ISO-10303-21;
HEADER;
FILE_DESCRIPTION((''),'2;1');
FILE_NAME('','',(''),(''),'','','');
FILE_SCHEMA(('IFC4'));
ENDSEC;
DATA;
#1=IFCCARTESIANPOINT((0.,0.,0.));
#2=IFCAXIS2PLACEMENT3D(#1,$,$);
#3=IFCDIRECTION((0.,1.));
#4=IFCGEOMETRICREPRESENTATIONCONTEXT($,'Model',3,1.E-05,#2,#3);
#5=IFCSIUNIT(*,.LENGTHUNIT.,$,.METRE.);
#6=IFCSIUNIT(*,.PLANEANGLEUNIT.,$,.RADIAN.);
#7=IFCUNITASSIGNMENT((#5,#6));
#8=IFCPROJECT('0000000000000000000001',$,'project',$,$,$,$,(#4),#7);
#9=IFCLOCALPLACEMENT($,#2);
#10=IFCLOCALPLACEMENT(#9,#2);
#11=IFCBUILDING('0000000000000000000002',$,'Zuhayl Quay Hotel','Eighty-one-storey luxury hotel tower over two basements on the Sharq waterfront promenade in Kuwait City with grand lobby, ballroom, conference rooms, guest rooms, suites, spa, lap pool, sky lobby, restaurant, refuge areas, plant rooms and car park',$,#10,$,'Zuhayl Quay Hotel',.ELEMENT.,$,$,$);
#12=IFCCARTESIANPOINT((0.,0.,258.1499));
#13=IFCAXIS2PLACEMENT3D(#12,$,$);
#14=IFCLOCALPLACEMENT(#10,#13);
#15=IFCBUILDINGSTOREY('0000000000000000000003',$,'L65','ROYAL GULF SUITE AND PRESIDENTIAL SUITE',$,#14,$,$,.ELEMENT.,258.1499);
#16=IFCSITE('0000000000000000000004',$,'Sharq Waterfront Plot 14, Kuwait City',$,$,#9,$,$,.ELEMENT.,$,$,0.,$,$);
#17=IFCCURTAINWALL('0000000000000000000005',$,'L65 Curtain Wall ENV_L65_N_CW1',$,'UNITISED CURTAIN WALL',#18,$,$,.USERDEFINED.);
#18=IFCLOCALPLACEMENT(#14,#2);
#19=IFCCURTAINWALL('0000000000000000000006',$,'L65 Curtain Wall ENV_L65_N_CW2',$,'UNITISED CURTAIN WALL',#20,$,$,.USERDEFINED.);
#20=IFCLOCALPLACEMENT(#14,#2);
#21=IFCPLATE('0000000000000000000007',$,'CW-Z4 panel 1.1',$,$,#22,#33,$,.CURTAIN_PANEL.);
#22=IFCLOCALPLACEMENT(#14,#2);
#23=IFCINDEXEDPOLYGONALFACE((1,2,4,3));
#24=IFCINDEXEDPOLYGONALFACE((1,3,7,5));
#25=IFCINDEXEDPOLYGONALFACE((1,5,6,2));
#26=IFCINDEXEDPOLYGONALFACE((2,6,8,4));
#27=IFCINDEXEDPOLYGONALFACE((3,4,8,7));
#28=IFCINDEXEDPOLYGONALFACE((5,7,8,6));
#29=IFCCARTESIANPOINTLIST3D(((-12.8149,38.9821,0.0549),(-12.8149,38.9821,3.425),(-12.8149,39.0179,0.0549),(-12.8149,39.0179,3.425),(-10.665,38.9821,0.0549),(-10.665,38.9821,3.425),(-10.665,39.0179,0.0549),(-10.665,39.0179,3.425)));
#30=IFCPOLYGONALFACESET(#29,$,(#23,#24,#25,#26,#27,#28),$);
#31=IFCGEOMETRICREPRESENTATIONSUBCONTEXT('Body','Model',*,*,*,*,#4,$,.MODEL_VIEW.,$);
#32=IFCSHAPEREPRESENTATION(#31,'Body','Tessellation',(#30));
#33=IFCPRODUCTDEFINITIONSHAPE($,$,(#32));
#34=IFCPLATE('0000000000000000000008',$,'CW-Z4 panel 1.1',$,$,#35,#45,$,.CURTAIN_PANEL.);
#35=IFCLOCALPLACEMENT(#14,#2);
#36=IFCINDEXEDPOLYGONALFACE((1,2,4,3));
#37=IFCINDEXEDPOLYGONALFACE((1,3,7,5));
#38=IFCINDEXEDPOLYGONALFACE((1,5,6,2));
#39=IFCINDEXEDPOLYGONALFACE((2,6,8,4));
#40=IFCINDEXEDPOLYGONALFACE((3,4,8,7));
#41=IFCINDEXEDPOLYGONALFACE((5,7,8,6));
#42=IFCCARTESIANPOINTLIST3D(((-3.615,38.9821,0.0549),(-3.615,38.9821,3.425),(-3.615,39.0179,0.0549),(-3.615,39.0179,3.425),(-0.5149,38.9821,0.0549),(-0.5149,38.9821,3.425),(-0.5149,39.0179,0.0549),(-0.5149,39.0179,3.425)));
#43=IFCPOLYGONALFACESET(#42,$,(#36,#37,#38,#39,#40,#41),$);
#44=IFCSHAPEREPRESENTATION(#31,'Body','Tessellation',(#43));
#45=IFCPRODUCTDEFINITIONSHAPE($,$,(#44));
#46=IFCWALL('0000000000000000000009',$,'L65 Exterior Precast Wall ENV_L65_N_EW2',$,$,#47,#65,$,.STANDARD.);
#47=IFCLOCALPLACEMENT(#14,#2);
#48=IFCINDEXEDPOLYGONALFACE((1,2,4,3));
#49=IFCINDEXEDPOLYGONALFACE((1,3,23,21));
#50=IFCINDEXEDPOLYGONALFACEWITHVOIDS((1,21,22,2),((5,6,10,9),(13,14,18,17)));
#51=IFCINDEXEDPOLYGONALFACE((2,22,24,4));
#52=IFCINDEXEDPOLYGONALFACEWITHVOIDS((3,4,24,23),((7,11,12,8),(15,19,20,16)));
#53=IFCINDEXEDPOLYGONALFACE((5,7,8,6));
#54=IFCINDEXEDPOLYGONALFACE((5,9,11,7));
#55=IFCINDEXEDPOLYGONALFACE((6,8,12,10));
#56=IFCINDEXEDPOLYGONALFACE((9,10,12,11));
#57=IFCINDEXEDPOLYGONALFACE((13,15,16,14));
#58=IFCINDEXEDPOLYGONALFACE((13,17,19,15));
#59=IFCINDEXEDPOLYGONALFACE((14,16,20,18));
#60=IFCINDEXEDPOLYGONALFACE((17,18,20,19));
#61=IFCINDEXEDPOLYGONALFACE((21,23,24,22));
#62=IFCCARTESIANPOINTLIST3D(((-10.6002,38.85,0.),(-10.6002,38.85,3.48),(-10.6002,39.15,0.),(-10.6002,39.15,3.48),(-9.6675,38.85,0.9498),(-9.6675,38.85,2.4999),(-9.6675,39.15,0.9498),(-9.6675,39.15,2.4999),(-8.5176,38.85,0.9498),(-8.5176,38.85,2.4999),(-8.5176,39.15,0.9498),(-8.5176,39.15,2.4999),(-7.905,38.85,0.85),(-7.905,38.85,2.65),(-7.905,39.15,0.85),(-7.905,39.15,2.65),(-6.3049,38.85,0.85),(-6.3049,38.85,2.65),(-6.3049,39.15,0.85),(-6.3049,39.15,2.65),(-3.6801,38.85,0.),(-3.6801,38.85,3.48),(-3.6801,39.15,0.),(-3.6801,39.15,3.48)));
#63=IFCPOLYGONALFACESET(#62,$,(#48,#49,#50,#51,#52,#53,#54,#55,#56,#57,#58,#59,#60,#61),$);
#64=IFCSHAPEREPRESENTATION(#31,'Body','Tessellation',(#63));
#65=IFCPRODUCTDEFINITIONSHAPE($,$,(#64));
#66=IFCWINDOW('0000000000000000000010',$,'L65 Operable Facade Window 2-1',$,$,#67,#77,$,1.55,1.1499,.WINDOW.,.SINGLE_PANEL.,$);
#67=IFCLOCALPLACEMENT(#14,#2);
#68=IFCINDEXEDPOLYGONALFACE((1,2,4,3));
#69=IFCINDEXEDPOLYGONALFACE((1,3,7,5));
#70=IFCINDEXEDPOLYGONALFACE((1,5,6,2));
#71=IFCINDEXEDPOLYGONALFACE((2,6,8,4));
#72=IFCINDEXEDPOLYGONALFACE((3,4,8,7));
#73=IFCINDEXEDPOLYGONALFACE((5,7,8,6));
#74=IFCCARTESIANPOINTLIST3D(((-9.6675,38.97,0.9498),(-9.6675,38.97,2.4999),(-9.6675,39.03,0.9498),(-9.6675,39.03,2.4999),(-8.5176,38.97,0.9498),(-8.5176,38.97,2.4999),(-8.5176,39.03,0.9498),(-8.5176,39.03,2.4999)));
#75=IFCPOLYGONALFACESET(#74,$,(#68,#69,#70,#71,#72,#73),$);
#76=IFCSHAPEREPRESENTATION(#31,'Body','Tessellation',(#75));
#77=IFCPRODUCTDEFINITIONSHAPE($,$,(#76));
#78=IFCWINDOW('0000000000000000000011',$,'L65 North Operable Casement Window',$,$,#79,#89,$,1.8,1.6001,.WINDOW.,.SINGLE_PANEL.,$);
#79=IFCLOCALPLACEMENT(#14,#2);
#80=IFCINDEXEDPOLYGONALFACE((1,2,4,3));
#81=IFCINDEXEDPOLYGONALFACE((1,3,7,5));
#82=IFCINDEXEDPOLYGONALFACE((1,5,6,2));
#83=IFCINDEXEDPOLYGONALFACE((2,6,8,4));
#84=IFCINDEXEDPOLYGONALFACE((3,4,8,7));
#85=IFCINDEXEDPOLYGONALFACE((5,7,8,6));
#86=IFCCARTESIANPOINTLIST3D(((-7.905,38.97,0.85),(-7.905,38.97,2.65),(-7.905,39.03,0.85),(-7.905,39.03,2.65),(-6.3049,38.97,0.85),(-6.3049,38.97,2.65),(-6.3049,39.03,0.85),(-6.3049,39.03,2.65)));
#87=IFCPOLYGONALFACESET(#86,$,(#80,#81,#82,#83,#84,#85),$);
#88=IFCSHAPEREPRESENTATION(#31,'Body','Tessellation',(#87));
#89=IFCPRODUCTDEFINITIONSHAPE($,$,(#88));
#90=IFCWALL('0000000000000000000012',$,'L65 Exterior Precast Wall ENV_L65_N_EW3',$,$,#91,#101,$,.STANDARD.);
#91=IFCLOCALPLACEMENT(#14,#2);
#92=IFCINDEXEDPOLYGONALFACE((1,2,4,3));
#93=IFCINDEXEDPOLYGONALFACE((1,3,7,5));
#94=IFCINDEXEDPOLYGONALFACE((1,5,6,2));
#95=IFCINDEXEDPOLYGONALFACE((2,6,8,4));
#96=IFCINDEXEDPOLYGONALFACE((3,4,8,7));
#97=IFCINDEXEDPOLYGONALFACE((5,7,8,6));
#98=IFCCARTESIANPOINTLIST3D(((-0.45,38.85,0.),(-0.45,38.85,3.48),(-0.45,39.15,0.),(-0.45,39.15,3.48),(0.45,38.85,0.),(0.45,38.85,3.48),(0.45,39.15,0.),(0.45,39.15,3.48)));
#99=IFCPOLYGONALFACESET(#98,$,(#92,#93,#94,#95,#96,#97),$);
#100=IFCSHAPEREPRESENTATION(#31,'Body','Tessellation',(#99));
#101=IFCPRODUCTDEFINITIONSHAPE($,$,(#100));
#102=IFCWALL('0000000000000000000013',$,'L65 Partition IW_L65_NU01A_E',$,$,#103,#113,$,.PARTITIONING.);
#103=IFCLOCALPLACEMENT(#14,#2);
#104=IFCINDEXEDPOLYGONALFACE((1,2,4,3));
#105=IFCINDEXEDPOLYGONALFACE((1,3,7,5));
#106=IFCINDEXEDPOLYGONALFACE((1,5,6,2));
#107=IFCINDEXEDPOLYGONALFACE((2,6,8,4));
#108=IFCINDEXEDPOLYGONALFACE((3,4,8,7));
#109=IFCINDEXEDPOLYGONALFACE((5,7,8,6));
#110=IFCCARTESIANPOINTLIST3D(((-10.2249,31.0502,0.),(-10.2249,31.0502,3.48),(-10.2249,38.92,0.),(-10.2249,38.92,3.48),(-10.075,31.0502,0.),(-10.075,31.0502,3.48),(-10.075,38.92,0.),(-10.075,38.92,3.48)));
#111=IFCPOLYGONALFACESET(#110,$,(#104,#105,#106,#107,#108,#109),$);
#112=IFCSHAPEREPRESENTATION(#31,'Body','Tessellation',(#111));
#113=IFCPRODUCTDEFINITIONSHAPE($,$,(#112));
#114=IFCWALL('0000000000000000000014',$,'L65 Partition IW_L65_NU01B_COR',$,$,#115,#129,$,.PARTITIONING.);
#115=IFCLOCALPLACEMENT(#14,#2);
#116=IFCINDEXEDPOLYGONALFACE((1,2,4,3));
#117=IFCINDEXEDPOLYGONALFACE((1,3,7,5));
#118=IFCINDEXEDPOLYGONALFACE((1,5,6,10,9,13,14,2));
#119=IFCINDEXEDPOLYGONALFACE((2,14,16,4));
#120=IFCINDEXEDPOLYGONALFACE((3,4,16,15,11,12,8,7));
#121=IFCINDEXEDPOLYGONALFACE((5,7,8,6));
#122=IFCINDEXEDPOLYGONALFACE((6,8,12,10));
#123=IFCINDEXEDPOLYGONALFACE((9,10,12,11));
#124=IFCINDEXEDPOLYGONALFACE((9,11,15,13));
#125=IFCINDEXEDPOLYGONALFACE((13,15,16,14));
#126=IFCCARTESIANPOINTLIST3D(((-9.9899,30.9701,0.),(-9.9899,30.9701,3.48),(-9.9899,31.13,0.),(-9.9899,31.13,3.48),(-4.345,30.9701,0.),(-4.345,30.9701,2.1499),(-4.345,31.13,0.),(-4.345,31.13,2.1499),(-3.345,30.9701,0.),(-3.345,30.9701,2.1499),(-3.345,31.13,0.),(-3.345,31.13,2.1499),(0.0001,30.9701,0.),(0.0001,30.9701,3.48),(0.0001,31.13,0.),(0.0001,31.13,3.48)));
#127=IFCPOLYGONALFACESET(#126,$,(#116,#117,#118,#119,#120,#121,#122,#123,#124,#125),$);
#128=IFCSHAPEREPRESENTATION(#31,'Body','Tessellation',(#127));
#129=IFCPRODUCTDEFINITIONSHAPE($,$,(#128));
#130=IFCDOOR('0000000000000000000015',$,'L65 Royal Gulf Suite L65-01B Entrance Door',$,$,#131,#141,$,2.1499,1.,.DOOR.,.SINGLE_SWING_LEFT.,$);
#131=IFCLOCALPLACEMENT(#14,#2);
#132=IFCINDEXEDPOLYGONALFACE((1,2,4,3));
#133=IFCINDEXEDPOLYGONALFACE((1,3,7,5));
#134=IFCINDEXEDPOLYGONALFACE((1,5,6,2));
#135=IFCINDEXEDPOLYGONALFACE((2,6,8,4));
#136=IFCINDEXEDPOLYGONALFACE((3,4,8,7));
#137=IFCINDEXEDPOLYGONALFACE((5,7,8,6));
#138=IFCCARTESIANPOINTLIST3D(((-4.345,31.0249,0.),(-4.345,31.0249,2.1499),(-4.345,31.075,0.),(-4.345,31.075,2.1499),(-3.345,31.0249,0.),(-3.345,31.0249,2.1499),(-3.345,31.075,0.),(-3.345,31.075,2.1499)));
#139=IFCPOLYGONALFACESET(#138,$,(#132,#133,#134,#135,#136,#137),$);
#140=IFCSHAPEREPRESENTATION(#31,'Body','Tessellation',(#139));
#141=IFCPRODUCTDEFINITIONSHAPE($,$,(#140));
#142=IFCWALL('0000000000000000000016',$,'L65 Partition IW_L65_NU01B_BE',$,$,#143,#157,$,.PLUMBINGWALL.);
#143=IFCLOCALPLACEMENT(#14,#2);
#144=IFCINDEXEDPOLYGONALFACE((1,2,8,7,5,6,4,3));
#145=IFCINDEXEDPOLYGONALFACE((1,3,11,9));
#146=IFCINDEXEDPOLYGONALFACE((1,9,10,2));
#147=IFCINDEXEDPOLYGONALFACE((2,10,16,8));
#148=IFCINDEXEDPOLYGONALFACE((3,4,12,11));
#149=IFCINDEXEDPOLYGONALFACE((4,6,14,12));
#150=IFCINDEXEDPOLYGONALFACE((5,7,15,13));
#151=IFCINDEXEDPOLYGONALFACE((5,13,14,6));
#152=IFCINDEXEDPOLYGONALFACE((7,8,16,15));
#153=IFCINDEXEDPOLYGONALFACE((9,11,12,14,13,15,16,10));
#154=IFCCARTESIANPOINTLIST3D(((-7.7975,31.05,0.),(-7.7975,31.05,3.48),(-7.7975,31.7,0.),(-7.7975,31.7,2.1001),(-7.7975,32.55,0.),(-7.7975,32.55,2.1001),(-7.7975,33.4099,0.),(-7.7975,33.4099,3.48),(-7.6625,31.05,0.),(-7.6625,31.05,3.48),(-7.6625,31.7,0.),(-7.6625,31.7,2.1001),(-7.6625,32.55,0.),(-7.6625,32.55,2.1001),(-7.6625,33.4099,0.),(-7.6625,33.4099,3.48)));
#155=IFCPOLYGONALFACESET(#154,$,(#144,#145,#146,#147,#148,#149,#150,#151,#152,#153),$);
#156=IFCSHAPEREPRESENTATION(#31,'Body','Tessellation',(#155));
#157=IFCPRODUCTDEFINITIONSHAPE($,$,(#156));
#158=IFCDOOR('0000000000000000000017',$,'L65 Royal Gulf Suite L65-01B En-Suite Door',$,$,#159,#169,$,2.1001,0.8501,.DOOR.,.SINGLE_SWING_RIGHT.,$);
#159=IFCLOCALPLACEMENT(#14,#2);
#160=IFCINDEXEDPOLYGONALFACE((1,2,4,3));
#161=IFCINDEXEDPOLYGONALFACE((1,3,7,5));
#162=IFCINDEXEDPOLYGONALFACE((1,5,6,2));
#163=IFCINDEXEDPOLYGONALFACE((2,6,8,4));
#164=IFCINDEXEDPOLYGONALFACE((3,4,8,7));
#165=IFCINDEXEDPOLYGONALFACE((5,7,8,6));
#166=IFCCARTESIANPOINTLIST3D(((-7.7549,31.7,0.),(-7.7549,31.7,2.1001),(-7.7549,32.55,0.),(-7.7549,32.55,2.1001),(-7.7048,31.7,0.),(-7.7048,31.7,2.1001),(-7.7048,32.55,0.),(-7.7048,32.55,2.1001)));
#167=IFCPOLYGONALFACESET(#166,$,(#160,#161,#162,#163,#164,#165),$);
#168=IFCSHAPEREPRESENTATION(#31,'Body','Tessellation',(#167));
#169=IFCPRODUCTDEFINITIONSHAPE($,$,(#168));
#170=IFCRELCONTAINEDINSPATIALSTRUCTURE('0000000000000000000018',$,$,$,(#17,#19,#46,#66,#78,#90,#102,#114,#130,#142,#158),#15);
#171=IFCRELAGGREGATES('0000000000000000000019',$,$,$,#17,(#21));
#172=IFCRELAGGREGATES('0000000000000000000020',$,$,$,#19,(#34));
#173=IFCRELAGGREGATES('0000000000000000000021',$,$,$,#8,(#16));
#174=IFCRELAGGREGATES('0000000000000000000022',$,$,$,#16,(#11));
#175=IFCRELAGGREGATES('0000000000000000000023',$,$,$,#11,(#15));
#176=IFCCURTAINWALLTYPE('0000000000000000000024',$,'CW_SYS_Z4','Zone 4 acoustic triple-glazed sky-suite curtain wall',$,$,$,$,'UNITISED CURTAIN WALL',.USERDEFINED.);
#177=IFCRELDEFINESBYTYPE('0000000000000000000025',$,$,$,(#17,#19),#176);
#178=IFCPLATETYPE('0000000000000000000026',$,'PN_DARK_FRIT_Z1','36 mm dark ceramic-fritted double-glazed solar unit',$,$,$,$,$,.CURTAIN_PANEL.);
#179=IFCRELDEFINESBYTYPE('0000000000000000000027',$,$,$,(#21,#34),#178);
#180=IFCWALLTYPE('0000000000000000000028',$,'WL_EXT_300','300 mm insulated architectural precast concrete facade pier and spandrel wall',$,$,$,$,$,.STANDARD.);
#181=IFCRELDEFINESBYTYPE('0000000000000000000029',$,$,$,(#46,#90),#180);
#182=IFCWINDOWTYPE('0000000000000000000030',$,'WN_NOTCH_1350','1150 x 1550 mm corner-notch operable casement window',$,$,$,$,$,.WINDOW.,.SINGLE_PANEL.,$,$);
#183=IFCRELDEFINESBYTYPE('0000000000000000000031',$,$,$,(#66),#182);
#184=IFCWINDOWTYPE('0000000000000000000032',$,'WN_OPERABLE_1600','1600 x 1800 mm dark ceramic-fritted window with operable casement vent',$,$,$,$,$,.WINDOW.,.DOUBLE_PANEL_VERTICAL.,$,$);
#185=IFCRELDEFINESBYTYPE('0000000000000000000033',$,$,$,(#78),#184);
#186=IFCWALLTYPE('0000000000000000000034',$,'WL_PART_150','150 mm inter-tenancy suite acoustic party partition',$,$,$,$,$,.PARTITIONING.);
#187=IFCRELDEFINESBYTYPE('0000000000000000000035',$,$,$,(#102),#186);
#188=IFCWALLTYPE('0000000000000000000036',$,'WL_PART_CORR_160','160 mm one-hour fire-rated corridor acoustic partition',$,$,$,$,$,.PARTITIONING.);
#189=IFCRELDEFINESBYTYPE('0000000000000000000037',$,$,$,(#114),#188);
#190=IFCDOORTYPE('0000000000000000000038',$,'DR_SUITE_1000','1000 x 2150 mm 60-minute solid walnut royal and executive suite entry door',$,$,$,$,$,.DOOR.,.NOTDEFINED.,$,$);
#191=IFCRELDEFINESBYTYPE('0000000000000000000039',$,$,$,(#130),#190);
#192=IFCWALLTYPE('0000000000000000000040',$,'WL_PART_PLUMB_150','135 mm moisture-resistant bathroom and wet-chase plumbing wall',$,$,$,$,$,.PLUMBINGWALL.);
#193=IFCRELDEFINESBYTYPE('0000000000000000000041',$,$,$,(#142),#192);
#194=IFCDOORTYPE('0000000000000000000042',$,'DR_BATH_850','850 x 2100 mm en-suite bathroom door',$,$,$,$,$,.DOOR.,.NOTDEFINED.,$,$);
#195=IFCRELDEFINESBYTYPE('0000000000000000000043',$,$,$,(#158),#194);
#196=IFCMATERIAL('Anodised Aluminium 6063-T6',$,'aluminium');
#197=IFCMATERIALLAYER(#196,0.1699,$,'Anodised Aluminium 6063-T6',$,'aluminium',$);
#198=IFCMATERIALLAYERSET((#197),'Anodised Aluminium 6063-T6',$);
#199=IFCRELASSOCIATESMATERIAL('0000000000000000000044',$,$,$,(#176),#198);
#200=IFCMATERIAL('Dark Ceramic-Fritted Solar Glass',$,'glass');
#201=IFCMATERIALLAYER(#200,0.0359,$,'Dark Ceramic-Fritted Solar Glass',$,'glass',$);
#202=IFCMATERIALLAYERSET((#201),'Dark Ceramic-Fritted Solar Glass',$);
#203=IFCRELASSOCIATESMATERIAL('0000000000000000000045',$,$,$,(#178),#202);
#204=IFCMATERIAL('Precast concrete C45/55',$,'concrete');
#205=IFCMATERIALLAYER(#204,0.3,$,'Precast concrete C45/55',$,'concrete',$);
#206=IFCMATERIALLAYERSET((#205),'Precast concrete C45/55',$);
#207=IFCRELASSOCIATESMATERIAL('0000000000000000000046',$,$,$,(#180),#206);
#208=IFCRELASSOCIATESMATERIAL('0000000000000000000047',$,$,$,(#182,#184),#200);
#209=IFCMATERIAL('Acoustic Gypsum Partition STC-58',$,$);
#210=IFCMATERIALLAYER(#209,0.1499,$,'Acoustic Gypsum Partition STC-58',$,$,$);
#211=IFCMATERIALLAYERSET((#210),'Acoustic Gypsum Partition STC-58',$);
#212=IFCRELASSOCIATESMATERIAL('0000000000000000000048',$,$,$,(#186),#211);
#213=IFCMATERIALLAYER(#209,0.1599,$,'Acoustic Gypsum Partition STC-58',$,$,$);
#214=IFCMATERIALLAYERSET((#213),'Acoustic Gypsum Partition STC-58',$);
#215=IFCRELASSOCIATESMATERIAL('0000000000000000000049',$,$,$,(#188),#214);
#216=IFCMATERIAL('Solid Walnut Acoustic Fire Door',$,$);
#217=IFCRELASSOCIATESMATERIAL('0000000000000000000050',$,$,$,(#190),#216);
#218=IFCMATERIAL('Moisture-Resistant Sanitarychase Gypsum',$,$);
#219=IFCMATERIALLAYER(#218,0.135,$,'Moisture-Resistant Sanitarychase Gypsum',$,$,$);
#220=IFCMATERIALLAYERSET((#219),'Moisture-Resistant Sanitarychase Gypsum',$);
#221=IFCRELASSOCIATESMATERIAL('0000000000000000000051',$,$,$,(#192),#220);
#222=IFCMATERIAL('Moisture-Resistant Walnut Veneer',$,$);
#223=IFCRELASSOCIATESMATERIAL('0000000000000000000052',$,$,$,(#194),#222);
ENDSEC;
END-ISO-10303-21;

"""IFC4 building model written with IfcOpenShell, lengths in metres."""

from ifc_helpers import new_model, si_unit, direction, frame, frame_2d, origin, origin_2d, place, context, subcontext, project, spatial, rectangle, extrude, material, layer, layer_set, type_object, element, fill, aggregate, save


model = new_model("IFC4")

# Units and contexts
model_context = context("Model", 3, precision=1e-05, world=origin(), true_north=direction((0.0, 1.0)))
body_context = subcontext(model_context, "Body", "Model", "MODEL_VIEW")
ifc_project = project(units=[si_unit("LENGTHUNIT", "METRE"), si_unit("PLANEANGLEUNIT", "RADIAN")], contexts=[model_context])

# Site, building, storey
site_placement = place(None, origin())
site = spatial("IfcSite", under=ifc_project, at=site_placement, Name="Sharq Waterfront Plot 14, Kuwait City", CompositionType="ELEMENT", RefElevation=0.0)
building_placement = place(site_placement, origin())
building = spatial("IfcBuilding", under=site, at=building_placement, Name="Zuhayl Quay Hotel", Description="Eighty-one-storey luxury hotel tower over two basements on the Sharq waterfront promenade in Kuwait City with grand lobby, ballroom, conference rooms, guest rooms, suites, spa, lap pool, sky lobby, restaurant, refuge areas, plant rooms and car park", LongName="Zuhayl Quay Hotel", CompositionType="ELEMENT")
storey_placement = place(building_placement, frame((0.0, 0.0, 258.1499)))
storey = spatial("IfcBuildingStorey", under=building, at=storey_placement, Name="L65", Description="ROYAL GULF SUITE AND PRESIDENTIAL SUITE", CompositionType="ELEMENT", Elevation=258.1499)

# Curtain wall
ifc_material_1 = material(Name="Anodised Aluminium 6063-T6", Category="aluminium")
ifc_layer_1 = layer(ifc_material_1, 0.1699, Name="Anodised Aluminium 6063-T6", Category="aluminium")
ifc_layer_set_1 = layer_set([ifc_layer_1], Name="Anodised Aluminium 6063-T6")
curtain_wall_type = type_object("IfcCurtainWallType", Name="CW_SYS_Z4", Description="Zone 4 acoustic triple-glazed sky-suite curtain wall", ElementType="UNITISED CURTAIN WALL", PredefinedType="USERDEFINED", material=ifc_layer_set_1)
curtain_wall_1_placement = place(storey_placement, origin())
curtain_wall_1 = element("IfcCurtainWall", 1, at=curtain_wall_1_placement, inside=storey, type_object=curtain_wall_type, Name="L65 Curtain Wall ENV_L65_N_CW1", ObjectType="UNITISED CURTAIN WALL", PredefinedType="USERDEFINED")

# Curtain wall
curtain_wall_2_placement = place(storey_placement, origin())
curtain_wall_2 = element("IfcCurtainWall", 2, at=curtain_wall_2_placement, inside=storey, type_object=curtain_wall_type, Name="L65 Curtain Wall ENV_L65_N_CW2", ObjectType="UNITISED CURTAIN WALL", PredefinedType="USERDEFINED")

# Plates
ifc_material_2 = material(Name="Dark Ceramic-Fritted Solar Glass", Category="glass")
ifc_layer_2 = layer(ifc_material_2, 0.0359, Name="Dark Ceramic-Fritted Solar Glass", Category="glass")
ifc_layer_set_2 = layer_set([ifc_layer_2], Name="Dark Ceramic-Fritted Solar Glass")
plate_type = type_object("IfcPlateType", Name="PN_DARK_FRIT_Z1", Description="36 mm dark ceramic-fritted double-glazed solar unit", PredefinedType="CURTAIN_PANEL", material=ifc_layer_set_2)
plate_1_placement = place(storey_placement, frame((-11.74, 39.0, 0.0549), z_axis=(0.0, 0.0, 1.0), x_axis=(1.0, 0.0, 0.0)))
plate_1 = element("IfcPlate", 3, at=plate_1_placement, type_object=plate_type, Name="CW-Z4 panel 1.1", PredefinedType="CURTAIN_PANEL", context=body_context, shape_type="SweptSolid", body=[
    extrude(rectangle(XDim=2.1499, YDim=0.0359, at=origin_2d()), origin(), (0.0, 0.0, 1.0), 3.3701),
])
aggregate(curtain_wall_1, [plate_1])
plate_2_placement = place(storey_placement, frame((-2.0649, 39.0, 0.0549), z_axis=(0.0, 0.0, 1.0), x_axis=(1.0, 0.0, 0.0)))
plate_2 = element("IfcPlate", 4, at=plate_2_placement, type_object=plate_type, Name="CW-Z4 panel 1.1", PredefinedType="CURTAIN_PANEL", context=body_context, shape_type="SweptSolid", body=[
    extrude(rectangle(XDim=3.1001, YDim=0.0359, at=origin_2d()), origin(), (0.0, 0.0, 1.0), 3.3701),
])
aggregate(curtain_wall_2, [plate_2])

# Wall, openings, windows
ifc_material_3 = material(Name="Precast concrete C45/55", Category="concrete")
ifc_layer_3 = layer(ifc_material_3, 0.3, Name="Precast concrete C45/55", Category="concrete")
ifc_layer_set_3 = layer_set([ifc_layer_3], Name="Precast concrete C45/55")
wall_type_1 = type_object("IfcWallType", Name="WL_EXT_300", Description="300 mm insulated architectural precast concrete facade pier and spandrel wall", PredefinedType="STANDARD", material=ifc_layer_set_3)
wall_1_placement = place(storey_placement, frame((-10.6001, 39.0, 0.0), z_axis=(0.0, 0.0, 1.0), x_axis=(1.0, 0.0, 0.0)))
wall_1 = element("IfcWall", 5, at=wall_1_placement, inside=storey, type_object=wall_type_1, Name="L65 Exterior Precast Wall ENV_L65_N_EW2", PredefinedType="STANDARD", context=body_context, shape_type="SweptSolid", body=[
    extrude(rectangle(XDim=6.9202, YDim=0.3, at=frame_2d((3.46, 0.0))), origin(), (0.0, 0.0, 1.0), 3.48),
])
opening_1_placement = place(wall_1_placement, frame((2.6951, 0.0, 0.8501)))
opening_1 = element("IfcOpeningElement", 6, at=opening_1_placement, cuts=wall_1, PredefinedType="OPENING", context=body_context, shape_type="SweptSolid", body=[
    extrude(rectangle(XDim=1.6001, YDim=1.8, at=frame_2d((0.8, 0.8999))), frame((0.0, 0.1599, 0.0), z_axis=(0.0, -1.0, 0.0), x_axis=(1.0, 0.0, 0.0)), (0.0, 0.0, 1.0), 0.3201),
])
opening_2_placement = place(wall_1_placement, frame((0.9326, 0.0, 0.95)))
opening_2 = element("IfcOpeningElement", 7, at=opening_2_placement, cuts=wall_1, PredefinedType="OPENING", context=body_context, shape_type="SweptSolid", body=[
    extrude(rectangle(XDim=1.1499, YDim=1.55, at=frame_2d((0.575, 0.7749))), frame((0.0, 0.1599, 0.0), z_axis=(0.0, -1.0, 0.0), x_axis=(1.0, 0.0, 0.0)), (0.0, 0.0, 1.0), 0.3201),
])
window_type_1 = type_object("IfcWindowType", Name="WN_NOTCH_1350", Description="1150 x 1550 mm corner-notch operable casement window", PartitioningType="SINGLE_PANEL", PredefinedType="WINDOW", material=ifc_material_2)
window_1_placement = place(opening_2_placement, origin())
window_1 = element("IfcWindow", 8, at=window_1_placement, inside=storey, type_object=window_type_1, Name="L65 Operable Facade Window 2-1", OverallHeight=1.55, OverallWidth=1.1499, PartitioningType="SINGLE_PANEL", PredefinedType="WINDOW", context=body_context, shape_type="SweptSolid", body=[
    extrude(rectangle(XDim=1.1499, YDim=1.55, at=frame_2d((0.575, 0.7749))), frame((0.0, 0.03, 0.0), z_axis=(0.0, -1.0, 0.0), x_axis=(1.0, 0.0, 0.0)), (0.0, 0.0, 1.0), 0.0601),
])
fill(opening_2, window_1)
window_type_2 = type_object("IfcWindowType", Name="WN_OPERABLE_1600", Description="1600 x 1800 mm dark ceramic-fritted window with operable casement vent", PartitioningType="DOUBLE_PANEL_VERTICAL", PredefinedType="WINDOW", material=ifc_material_2)
window_2_placement = place(opening_1_placement, origin())
window_2 = element("IfcWindow", 9, at=window_2_placement, inside=storey, type_object=window_type_2, Name="L65 North Operable Casement Window", OverallHeight=1.8, OverallWidth=1.6001, PartitioningType="SINGLE_PANEL", PredefinedType="WINDOW", context=body_context, shape_type="SweptSolid", body=[
    extrude(rectangle(XDim=1.6001, YDim=1.8, at=frame_2d((0.8, 0.8999))), frame((0.0, 0.03, 0.0), z_axis=(0.0, -1.0, 0.0), x_axis=(1.0, 0.0, 0.0)), (0.0, 0.0, 1.0), 0.0601),
])
fill(opening_1, window_2)

# Walls
wall_2_placement = place(storey_placement, frame((-0.45, 39.0, 0.0), z_axis=(0.0, 0.0, 1.0), x_axis=(1.0, 0.0, 0.0)))
element("IfcWall", 10, at=wall_2_placement, inside=storey, type_object=wall_type_1, Name="L65 Exterior Precast Wall ENV_L65_N_EW3", PredefinedType="STANDARD", context=body_context, shape_type="SweptSolid", body=[
    extrude(rectangle(XDim=0.8999, YDim=0.3, at=frame_2d((0.45, 0.0))), origin(), (0.0, 0.0, 1.0), 3.48),
])
ifc_material_4 = material(Name="Acoustic Gypsum Partition STC-58")
ifc_layer_4 = layer(ifc_material_4, 0.1499, Name="Acoustic Gypsum Partition STC-58")
ifc_layer_set_4 = layer_set([ifc_layer_4], Name="Acoustic Gypsum Partition STC-58")
wall_type_2 = type_object("IfcWallType", Name="WL_PART_150", Description="150 mm inter-tenancy suite acoustic party partition", PredefinedType="PARTITIONING", material=ifc_layer_set_4)
wall_3_placement = place(storey_placement, frame((-10.1499, 31.05, 0.0), z_axis=(0.0, 0.0, 1.0), x_axis=(0.0, 1.0, 0.0)))
element("IfcWall", 11, at=wall_3_placement, inside=storey, type_object=wall_type_2, Name="L65 Partition IW_L65_NU01A_E", PredefinedType="PARTITIONING", context=body_context, shape_type="SweptSolid", body=[
    extrude(rectangle(XDim=7.8699, YDim=0.1499, at=frame_2d((3.9351, 0.0))), origin(), (0.0, 0.0, 1.0), 3.48),
])

# Walls, openings, doors
ifc_layer_5 = layer(ifc_material_4, 0.1599, Name="Acoustic Gypsum Partition STC-58")
ifc_layer_set_5 = layer_set([ifc_layer_5], Name="Acoustic Gypsum Partition STC-58")
wall_type_3 = type_object("IfcWallType", Name="WL_PART_CORR_160", Description="160 mm one-hour fire-rated corridor acoustic partition", PredefinedType="PARTITIONING", material=ifc_layer_set_5)
wall_4_placement = place(storey_placement, frame((-9.99, 31.05, 0.0), z_axis=(0.0, 0.0, 1.0), x_axis=(1.0, 0.0, 0.0)))
wall_4 = element("IfcWall", 12, at=wall_4_placement, inside=storey, type_object=wall_type_3, Name="L65 Partition IW_L65_NU01B_COR", PredefinedType="PARTITIONING", context=body_context, shape_type="SweptSolid", body=[
    extrude(rectangle(XDim=9.99, YDim=0.1599, at=frame_2d((4.9951, 0.0))), origin(), (0.0, 0.0, 1.0), 3.48),
])
opening_3_placement = place(wall_4_placement, frame((5.645, 0.0, 0.0)))
opening_3 = element("IfcOpeningElement", 13, at=opening_3_placement, cuts=wall_4, PredefinedType="OPENING", context=body_context, shape_type="SweptSolid", body=[
    extrude(rectangle(XDim=1.0, YDim=2.1499, at=frame_2d((0.5, 1.075))), frame((0.0, 0.0898, 0.0), z_axis=(0.0, -1.0, 0.0), x_axis=(1.0, 0.0, 0.0)), (0.0, 0.0, 1.0), 0.1799),
])
ifc_material_5 = material(Name="Solid Walnut Acoustic Fire Door")
door_type_1 = type_object("IfcDoorType", Name="DR_SUITE_1000", Description="1000 x 2150 mm 60-minute solid walnut royal and executive suite entry door", OperationType="NOTDEFINED", PredefinedType="DOOR", material=ifc_material_5)
door_1_placement = place(opening_3_placement, origin())
door_1 = element("IfcDoor", 14, at=door_1_placement, inside=storey, type_object=door_type_1, Name="L65 Royal Gulf Suite L65-01B Entrance Door", OperationType="SINGLE_SWING_LEFT", OverallHeight=2.1499, OverallWidth=1.0, PredefinedType="DOOR", context=body_context, shape_type="SweptSolid", body=[
    extrude(rectangle(XDim=1.0, YDim=2.1499, at=frame_2d((0.5, 1.075))), frame((0.0, 0.0249, 0.0), z_axis=(0.0, -1.0, 0.0), x_axis=(1.0, 0.0, 0.0)), (0.0, 0.0, 1.0), 0.05),
])
fill(opening_3, door_1)
ifc_material_6 = material(Name="Moisture-Resistant Sanitarychase Gypsum")
ifc_layer_6 = layer(ifc_material_6, 0.135, Name="Moisture-Resistant Sanitarychase Gypsum")
ifc_layer_set_6 = layer_set([ifc_layer_6], Name="Moisture-Resistant Sanitarychase Gypsum")
wall_type_4 = type_object("IfcWallType", Name="WL_PART_PLUMB_150", Description="135 mm moisture-resistant bathroom and wet-chase plumbing wall", PredefinedType="PLUMBINGWALL", material=ifc_layer_set_6)
wall_5_placement = place(storey_placement, frame((-7.73, 31.05, 0.0), z_axis=(0.0, 0.0, 1.0), x_axis=(0.0, 1.0, 0.0)))
wall_5 = element("IfcWall", 15, at=wall_5_placement, inside=storey, type_object=wall_type_4, Name="L65 Partition IW_L65_NU01B_BE", PredefinedType="PLUMBINGWALL", context=body_context, shape_type="SweptSolid", body=[
    extrude(rectangle(XDim=2.3599, YDim=0.135, at=frame_2d((1.1799, 0.0))), origin(), (0.0, 0.0, 1.0), 3.48),
])
opening_4_placement = place(wall_5_placement, frame((0.6499, 0.0, 0.0)))
opening_4 = element("IfcOpeningElement", 16, at=opening_4_placement, cuts=wall_5, PredefinedType="OPENING", context=body_context, shape_type="SweptSolid", body=[
    extrude(rectangle(XDim=0.8501, YDim=2.1001, at=frame_2d((0.425, 1.05))), frame((0.0, 0.0774, 0.0), z_axis=(0.0, -1.0, 0.0), x_axis=(1.0, 0.0, 0.0)), (0.0, 0.0, 1.0), 0.155),
])
ifc_material_7 = material(Name="Moisture-Resistant Walnut Veneer")
door_type_2 = type_object("IfcDoorType", Name="DR_BATH_850", Description="850 x 2100 mm en-suite bathroom door", OperationType="NOTDEFINED", PredefinedType="DOOR", material=ifc_material_7)
door_2_placement = place(opening_4_placement, origin())
door_2 = element("IfcDoor", 17, at=door_2_placement, inside=storey, type_object=door_type_2, Name="L65 Royal Gulf Suite L65-01B En-Suite Door", OperationType="SINGLE_SWING_RIGHT", OverallHeight=2.1001, OverallWidth=0.8501, PredefinedType="DOOR", context=body_context, shape_type="SweptSolid", body=[
    extrude(rectangle(XDim=0.8501, YDim=2.1001, at=frame_2d((0.425, 1.05))), frame((0.0, 0.0249, 0.0), z_axis=(0.0, -1.0, 0.0), x_axis=(1.0, 0.0, 0.0)), (0.0, 0.0, 1.0), 0.05),
])
fill(opening_4, door_2)

save(model, "model.ifc")
